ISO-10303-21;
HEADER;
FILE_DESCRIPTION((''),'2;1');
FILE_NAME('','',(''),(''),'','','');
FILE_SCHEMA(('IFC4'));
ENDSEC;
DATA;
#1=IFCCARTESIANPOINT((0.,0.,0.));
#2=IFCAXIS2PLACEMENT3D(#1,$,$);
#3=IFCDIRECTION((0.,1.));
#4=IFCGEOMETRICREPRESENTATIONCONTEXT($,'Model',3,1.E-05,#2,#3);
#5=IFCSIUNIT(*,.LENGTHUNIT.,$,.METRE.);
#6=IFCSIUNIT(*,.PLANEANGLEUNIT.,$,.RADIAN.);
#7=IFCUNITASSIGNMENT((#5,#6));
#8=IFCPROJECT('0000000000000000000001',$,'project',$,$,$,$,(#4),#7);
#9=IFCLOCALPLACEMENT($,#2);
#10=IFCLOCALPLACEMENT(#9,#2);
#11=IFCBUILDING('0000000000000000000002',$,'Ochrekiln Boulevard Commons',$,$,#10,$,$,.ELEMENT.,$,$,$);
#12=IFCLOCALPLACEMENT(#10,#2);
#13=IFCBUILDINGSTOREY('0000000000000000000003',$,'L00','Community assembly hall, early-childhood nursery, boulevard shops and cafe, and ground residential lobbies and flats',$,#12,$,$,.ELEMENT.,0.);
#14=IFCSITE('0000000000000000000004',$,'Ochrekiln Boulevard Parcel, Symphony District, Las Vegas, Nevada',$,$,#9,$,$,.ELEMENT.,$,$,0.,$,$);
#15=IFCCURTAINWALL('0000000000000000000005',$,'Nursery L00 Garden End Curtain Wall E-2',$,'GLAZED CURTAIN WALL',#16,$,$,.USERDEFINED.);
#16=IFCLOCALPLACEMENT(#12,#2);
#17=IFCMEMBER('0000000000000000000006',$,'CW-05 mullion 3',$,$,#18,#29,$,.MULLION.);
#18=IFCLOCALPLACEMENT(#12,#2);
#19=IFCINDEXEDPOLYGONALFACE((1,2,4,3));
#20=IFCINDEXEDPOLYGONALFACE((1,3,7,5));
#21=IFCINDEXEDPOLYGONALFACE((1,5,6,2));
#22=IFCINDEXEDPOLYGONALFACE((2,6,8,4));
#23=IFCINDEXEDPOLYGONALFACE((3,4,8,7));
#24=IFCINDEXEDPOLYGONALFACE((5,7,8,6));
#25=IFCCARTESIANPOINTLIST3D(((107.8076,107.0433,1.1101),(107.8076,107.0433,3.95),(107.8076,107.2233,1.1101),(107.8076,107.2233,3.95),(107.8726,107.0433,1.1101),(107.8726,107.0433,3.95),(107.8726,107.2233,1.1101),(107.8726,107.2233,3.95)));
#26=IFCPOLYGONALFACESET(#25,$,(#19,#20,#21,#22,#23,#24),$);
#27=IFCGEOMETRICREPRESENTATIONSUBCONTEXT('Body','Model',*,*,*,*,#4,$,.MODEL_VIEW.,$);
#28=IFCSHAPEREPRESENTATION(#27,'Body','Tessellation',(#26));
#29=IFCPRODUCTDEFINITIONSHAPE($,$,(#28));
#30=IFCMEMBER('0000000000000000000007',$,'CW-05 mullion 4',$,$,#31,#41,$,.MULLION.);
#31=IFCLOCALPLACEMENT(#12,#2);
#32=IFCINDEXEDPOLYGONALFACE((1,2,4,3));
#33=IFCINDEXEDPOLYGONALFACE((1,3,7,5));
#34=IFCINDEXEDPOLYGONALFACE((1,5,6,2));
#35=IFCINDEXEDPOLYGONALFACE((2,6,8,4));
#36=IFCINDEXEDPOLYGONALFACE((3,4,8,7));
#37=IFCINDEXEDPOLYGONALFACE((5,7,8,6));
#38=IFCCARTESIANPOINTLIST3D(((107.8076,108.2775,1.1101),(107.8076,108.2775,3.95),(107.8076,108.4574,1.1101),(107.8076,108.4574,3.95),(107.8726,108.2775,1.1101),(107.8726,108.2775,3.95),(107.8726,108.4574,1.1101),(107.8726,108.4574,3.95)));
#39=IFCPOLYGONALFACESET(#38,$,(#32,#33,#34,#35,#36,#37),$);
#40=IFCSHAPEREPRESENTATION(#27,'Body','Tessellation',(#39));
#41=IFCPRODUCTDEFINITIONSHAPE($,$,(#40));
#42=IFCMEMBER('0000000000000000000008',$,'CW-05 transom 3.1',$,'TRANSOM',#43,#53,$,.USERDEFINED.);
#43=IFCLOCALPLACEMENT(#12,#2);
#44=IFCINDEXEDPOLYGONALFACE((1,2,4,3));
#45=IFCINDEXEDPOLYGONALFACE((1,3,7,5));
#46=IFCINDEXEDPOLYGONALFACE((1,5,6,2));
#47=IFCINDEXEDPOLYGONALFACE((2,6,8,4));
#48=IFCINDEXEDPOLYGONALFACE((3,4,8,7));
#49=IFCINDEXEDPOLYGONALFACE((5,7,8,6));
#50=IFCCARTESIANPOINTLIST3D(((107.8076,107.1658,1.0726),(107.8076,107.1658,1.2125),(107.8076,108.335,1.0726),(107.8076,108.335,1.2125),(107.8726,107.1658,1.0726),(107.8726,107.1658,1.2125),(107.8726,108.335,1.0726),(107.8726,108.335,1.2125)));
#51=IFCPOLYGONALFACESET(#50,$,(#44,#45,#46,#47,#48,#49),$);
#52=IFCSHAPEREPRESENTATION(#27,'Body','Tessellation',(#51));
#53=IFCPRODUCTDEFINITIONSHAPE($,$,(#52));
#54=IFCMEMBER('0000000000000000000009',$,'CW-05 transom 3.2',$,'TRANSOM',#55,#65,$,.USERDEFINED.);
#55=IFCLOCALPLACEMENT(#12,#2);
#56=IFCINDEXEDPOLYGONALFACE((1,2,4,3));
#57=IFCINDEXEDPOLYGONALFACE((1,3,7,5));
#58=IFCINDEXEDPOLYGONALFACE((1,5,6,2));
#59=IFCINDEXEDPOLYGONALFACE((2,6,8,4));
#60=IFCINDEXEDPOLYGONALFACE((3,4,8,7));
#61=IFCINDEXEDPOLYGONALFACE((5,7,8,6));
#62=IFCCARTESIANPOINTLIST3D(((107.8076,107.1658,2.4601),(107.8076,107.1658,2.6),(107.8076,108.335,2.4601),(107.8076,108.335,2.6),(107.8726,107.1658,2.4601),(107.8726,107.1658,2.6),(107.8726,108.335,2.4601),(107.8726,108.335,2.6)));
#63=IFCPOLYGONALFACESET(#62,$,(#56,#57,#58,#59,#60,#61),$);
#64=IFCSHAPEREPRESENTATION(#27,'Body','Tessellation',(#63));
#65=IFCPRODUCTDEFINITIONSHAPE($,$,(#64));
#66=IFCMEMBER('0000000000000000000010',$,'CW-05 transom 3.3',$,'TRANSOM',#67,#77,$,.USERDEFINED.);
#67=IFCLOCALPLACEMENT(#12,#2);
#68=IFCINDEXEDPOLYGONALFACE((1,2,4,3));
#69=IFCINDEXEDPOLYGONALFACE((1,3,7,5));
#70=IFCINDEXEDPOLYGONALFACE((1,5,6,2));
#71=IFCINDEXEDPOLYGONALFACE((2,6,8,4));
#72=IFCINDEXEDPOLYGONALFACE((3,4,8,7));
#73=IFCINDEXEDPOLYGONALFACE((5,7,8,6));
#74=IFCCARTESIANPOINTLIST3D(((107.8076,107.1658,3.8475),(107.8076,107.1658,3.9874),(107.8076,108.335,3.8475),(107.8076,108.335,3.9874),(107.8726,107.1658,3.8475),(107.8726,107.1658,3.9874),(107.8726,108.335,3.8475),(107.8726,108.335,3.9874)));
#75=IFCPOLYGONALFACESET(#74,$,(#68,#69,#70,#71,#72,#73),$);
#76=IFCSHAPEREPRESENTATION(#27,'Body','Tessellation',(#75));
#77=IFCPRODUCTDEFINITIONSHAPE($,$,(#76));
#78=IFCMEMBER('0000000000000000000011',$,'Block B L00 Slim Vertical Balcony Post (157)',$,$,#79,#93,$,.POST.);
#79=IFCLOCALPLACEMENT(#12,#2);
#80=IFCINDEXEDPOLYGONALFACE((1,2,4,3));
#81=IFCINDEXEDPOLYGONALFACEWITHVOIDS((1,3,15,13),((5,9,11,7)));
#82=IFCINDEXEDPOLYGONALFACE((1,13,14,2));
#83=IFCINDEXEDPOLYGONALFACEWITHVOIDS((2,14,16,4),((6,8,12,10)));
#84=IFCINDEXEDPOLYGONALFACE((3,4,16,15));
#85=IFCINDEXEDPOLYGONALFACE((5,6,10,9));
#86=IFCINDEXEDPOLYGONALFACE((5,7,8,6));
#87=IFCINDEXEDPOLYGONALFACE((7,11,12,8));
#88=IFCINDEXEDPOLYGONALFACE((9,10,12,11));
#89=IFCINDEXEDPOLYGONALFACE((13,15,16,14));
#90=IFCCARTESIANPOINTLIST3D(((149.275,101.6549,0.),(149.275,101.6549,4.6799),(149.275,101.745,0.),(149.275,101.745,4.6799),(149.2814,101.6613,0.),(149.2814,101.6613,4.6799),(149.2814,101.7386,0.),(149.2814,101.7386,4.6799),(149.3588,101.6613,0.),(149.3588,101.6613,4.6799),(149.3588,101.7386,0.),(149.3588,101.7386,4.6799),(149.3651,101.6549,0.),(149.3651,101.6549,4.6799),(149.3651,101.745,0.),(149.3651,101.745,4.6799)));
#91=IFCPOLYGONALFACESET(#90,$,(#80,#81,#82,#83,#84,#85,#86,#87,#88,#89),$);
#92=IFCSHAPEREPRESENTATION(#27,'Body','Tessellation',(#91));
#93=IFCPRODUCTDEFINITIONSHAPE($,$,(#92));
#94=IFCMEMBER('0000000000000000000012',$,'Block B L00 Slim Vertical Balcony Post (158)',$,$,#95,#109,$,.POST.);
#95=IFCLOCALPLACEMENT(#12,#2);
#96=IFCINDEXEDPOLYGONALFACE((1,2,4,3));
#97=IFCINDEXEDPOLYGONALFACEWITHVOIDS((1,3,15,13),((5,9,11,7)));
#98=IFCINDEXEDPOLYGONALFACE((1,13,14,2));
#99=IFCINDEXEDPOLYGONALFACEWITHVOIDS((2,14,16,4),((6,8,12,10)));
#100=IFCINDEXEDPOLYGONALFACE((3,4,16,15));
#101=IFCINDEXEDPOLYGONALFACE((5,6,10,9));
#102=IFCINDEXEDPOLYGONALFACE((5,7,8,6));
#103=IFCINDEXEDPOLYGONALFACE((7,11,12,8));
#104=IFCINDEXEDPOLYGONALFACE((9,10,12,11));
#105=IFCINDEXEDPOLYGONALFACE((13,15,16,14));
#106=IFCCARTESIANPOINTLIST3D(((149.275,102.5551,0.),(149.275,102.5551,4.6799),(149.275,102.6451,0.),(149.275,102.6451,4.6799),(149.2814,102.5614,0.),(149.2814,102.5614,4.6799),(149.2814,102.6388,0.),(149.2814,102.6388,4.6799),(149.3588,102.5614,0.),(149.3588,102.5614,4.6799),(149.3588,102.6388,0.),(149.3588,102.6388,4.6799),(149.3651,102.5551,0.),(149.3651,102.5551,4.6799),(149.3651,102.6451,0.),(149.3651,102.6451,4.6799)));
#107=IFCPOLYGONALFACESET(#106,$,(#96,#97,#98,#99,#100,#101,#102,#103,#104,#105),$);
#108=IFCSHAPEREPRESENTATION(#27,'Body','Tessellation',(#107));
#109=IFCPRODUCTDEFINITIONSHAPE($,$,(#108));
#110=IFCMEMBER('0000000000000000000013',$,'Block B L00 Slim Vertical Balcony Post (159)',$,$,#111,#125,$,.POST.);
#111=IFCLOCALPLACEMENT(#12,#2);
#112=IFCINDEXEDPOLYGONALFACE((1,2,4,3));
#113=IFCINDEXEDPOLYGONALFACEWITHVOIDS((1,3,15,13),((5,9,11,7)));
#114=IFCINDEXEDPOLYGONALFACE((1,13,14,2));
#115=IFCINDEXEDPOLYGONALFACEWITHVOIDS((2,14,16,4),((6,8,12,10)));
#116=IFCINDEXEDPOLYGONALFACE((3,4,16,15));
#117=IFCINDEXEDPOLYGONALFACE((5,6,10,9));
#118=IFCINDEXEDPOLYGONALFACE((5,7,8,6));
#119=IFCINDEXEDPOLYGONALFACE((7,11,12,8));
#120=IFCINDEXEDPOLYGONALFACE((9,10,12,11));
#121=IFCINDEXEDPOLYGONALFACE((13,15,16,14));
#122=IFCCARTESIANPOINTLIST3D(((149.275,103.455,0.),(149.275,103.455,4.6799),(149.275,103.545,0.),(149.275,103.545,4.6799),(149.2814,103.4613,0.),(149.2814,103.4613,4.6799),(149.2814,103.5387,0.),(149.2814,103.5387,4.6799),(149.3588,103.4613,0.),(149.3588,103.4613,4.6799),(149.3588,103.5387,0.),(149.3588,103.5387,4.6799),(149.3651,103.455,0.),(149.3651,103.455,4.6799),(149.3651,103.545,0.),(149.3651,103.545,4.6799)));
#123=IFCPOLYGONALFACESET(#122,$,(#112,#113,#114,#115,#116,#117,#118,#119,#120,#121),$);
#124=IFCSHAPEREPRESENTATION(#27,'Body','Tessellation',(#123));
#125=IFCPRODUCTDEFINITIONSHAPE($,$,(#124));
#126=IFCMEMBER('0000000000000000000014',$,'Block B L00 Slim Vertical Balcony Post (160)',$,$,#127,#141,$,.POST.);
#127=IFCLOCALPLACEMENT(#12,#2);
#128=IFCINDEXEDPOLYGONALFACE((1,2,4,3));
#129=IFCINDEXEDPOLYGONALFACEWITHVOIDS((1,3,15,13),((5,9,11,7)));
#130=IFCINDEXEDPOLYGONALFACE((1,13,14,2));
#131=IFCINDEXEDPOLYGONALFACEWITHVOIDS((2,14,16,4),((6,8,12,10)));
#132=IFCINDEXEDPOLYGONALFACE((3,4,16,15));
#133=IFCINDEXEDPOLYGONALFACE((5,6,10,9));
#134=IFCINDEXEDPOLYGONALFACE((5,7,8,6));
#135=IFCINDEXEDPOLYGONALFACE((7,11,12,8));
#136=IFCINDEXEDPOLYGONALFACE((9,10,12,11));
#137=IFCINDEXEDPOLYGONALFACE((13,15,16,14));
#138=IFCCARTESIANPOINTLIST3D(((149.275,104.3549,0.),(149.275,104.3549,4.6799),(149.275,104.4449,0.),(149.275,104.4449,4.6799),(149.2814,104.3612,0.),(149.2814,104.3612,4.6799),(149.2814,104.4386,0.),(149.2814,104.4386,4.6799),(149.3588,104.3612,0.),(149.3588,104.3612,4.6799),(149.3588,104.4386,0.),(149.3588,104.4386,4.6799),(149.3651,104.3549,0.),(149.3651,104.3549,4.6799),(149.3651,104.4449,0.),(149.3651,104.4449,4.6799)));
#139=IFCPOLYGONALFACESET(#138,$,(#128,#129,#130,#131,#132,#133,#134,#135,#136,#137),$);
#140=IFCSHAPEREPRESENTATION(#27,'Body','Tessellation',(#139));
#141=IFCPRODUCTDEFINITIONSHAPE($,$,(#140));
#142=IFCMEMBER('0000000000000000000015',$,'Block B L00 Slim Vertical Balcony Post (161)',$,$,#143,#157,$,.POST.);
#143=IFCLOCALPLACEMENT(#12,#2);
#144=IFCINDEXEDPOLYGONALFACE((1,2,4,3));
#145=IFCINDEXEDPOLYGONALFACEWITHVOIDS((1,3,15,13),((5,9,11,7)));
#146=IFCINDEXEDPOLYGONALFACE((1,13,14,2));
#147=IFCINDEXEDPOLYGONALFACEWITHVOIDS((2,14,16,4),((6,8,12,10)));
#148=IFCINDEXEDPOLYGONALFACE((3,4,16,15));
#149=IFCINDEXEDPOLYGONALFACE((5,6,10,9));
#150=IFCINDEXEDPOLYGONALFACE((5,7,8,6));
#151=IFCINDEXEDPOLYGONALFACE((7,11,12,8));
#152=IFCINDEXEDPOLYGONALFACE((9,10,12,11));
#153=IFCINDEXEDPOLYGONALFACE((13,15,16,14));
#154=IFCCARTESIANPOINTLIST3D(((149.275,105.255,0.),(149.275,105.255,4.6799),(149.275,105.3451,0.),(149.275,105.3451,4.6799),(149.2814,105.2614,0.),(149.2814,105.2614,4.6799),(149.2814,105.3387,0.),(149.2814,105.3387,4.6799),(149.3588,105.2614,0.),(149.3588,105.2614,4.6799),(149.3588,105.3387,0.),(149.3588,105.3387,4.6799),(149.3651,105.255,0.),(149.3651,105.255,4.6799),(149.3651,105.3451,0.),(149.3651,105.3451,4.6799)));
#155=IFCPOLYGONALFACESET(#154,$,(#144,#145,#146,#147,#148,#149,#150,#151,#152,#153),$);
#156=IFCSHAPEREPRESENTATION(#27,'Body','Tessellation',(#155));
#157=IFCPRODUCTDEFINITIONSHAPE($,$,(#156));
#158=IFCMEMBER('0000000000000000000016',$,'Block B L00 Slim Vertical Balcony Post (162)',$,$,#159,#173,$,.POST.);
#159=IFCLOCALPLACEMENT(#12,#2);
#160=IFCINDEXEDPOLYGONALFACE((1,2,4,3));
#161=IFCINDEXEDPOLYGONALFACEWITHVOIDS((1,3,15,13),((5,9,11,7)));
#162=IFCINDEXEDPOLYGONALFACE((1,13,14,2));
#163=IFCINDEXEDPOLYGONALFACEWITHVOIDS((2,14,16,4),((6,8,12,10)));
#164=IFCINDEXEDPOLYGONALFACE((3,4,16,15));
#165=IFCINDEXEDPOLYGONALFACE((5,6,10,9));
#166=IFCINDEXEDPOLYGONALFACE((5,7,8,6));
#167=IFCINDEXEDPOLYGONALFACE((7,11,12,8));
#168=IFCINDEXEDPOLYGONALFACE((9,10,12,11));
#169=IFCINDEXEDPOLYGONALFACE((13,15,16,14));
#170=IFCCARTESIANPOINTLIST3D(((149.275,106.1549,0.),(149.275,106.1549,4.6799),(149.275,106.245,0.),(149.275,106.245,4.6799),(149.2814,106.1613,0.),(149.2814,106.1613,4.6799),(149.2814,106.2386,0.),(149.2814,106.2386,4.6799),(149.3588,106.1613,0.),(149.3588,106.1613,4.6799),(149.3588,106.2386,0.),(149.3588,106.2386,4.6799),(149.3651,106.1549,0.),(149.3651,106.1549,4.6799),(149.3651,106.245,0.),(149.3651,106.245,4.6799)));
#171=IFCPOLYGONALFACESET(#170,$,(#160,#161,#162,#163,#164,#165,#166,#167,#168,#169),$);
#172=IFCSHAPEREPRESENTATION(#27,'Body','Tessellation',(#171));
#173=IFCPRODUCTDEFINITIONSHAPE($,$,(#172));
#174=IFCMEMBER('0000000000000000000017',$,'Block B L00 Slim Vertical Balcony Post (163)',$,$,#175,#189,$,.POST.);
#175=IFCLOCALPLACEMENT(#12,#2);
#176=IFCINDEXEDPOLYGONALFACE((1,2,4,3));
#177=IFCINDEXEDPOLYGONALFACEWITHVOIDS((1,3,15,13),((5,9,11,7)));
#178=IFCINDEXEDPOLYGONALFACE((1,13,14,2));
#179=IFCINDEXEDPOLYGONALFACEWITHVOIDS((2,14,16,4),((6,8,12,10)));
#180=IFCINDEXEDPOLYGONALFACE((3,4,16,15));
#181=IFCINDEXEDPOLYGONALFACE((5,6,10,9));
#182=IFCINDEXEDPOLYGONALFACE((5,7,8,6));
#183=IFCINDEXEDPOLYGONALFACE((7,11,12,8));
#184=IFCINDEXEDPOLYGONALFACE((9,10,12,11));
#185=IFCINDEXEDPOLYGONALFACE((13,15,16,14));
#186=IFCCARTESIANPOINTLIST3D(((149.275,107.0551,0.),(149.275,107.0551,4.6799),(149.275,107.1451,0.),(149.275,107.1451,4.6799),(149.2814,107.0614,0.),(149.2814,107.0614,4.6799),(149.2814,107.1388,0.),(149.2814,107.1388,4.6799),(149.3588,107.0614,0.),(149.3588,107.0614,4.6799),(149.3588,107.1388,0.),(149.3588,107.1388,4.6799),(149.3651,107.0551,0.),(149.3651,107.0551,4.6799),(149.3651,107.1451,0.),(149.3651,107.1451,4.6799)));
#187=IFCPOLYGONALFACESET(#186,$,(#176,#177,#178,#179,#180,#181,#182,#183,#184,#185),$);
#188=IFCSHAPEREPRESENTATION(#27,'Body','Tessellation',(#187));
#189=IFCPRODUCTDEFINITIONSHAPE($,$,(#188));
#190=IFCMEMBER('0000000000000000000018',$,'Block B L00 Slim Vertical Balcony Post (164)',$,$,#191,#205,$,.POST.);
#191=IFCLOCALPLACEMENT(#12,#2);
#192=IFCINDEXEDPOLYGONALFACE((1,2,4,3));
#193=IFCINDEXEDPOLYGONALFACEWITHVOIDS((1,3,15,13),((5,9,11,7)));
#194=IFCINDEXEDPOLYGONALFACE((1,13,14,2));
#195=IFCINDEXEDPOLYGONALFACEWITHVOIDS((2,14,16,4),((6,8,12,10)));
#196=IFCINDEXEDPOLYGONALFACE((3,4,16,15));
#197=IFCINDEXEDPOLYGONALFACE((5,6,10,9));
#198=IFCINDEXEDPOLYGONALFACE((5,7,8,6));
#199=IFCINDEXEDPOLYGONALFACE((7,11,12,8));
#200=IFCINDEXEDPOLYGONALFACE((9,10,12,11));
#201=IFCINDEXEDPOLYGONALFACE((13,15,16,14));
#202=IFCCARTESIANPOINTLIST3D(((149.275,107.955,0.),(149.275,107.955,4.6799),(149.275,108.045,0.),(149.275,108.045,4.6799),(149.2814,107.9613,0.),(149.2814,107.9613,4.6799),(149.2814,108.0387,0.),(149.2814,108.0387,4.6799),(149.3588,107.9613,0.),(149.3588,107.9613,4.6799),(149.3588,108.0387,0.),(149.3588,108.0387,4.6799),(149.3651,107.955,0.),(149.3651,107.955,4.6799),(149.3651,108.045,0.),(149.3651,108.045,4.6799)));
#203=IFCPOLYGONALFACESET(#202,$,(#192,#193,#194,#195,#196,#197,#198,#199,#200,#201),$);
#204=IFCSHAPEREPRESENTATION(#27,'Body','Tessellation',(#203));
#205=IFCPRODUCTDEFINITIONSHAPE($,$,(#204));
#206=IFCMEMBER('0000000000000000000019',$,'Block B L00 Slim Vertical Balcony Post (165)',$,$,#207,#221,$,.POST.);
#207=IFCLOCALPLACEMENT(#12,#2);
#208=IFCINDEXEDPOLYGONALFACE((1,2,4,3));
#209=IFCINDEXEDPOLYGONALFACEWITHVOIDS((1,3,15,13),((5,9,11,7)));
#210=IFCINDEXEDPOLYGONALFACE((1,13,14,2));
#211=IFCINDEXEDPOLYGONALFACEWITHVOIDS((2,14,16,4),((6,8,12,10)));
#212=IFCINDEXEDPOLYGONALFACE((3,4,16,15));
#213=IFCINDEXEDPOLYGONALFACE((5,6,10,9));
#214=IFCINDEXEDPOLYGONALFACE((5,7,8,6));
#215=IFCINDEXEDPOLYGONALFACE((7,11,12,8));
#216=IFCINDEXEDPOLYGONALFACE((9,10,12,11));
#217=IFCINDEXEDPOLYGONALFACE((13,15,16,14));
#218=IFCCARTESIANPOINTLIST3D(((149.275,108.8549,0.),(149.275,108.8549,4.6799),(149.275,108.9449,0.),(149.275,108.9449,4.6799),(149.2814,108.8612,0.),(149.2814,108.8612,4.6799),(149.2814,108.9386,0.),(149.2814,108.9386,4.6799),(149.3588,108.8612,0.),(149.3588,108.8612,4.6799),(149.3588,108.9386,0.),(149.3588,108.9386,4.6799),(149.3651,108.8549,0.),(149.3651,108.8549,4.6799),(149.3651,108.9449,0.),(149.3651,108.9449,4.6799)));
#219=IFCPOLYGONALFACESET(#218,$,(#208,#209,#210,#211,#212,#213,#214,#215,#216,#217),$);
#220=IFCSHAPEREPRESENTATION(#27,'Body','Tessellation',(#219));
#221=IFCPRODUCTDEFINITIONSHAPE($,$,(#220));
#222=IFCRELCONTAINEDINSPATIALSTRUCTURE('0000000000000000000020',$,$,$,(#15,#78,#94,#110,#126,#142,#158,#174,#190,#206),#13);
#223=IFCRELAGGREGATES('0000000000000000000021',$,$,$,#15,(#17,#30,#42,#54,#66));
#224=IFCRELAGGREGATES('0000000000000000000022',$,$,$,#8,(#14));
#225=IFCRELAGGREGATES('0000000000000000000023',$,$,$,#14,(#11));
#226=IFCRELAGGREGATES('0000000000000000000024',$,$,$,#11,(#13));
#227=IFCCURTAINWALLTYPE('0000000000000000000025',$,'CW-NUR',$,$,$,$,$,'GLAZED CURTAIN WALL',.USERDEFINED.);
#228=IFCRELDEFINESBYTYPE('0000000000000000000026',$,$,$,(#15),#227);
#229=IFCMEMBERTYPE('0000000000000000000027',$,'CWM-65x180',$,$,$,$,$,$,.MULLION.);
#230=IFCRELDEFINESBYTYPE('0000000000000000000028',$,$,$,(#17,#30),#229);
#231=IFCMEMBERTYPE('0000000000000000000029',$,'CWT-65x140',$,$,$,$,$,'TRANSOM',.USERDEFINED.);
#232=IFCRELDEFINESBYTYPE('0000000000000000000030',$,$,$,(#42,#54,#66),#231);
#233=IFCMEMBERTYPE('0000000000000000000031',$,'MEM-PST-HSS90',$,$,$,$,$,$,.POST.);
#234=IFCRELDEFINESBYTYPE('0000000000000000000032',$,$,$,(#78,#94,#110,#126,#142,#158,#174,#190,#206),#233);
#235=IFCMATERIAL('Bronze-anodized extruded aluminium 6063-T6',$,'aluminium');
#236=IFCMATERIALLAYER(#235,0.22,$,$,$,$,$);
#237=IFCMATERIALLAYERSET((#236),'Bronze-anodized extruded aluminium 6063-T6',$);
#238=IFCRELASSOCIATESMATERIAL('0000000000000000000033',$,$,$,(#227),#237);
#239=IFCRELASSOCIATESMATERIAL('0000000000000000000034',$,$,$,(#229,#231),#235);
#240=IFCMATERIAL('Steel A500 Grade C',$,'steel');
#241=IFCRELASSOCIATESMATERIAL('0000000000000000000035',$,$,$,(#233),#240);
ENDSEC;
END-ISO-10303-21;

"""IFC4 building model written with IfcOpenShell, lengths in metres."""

from ifc_helpers import new_model, si_unit, direction, frame, origin, origin_2d, place, context, subcontext, project, spatial, rectangle, hollow_rectangle, extrude, material, layer, layer_set, material_profile, profile_set, type_object, element, aggregate, save


model = new_model("IFC4")

# Units and contexts
model_context = context("Model", 3, precision=1e-05, world=origin(), true_north=direction((0.0, 1.0)))
body_context = subcontext(model_context, "Body", "Model", "MODEL_VIEW")
ifc_project = project(units=[si_unit("LENGTHUNIT", "METRE"), si_unit("PLANEANGLEUNIT", "RADIAN")], contexts=[model_context])

# Site, building, storey
site_placement = place(None, origin())
site = spatial("IfcSite", under=ifc_project, at=site_placement, Name="Ochrekiln Boulevard Parcel, Symphony District, Las Vegas, Nevada", CompositionType="ELEMENT", RefElevation=0.0)
building_placement = place(site_placement, origin())
building = spatial("IfcBuilding", under=site, at=building_placement, Name="Ochrekiln Boulevard Commons", CompositionType="ELEMENT")
storey_placement = place(building_placement, origin())
storey = spatial("IfcBuildingStorey", under=building, at=storey_placement, Name="L00", Description="Community assembly hall, early-childhood nursery, boulevard shops and cafe, and ground residential lobbies and flats", CompositionType="ELEMENT", Elevation=0.0)

# Curtain wall, members
ifc_material_1 = material(Name="Bronze-anodized extruded aluminium 6063-T6", Category="aluminium")
ifc_layer_1 = layer(ifc_material_1, 0.22)
ifc_layer_set_1 = layer_set([ifc_layer_1], Name="Bronze-anodized extruded aluminium 6063-T6")
curtain_wall_type = type_object("IfcCurtainWallType", Name="CW-NUR", ElementType="GLAZED CURTAIN WALL", PredefinedType="USERDEFINED", material=ifc_layer_set_1)
curtain_wall_placement = place(storey_placement, origin())
curtain_wall = element("IfcCurtainWall", 1, at=curtain_wall_placement, inside=storey, type_object=curtain_wall_type, Name="Nursery L00 Garden End Curtain Wall E-2", ObjectType="GLAZED CURTAIN WALL", PredefinedType="USERDEFINED")
ifc_material_profile_1 = material_profile(ifc_material_1, rectangle(XDim=0.0649, YDim=0.1799, at=origin_2d()), Name="ALU-MUL-65x180")
ifc_profile_set_1 = profile_set([ifc_material_profile_1], Name="Bronze-anodized extruded aluminium 6063-T6")
member_type_1 = type_object("IfcMemberType", Name="CWM-65x180", PredefinedType="MULLION", material=ifc_profile_set_1)
member_1_placement = place(storey_placement, frame((107.8401, 107.1333, 1.1101), z_axis=(0.0, 0.0, 1.0), x_axis=(-1.0, 0.0, 0.0)))
member_1 = element("IfcMember", 2, at=member_1_placement, type_object=member_type_1, Name="CW-05 mullion 3", PredefinedType="MULLION", context=body_context, shape_type="SweptSolid", body=[
    extrude(rectangle(XDim=0.0649, YDim=0.1799, at=origin_2d()), origin(), (0.0, 0.0, 1.0), 2.8398),
])
member_2_placement = place(storey_placement, frame((107.8401, 108.3674, 1.1101), z_axis=(0.0, 0.0, 1.0), x_axis=(-1.0, 0.0, 0.0)))
member_2 = element("IfcMember", 3, at=member_2_placement, type_object=member_type_1, Name="CW-05 mullion 4", PredefinedType="MULLION", context=body_context, shape_type="SweptSolid", body=[
    extrude(rectangle(XDim=0.0649, YDim=0.1799, at=origin_2d()), origin(), (0.0, 0.0, 1.0), 2.8398),
])
ifc_material_profile_2 = material_profile(ifc_material_1, rectangle(XDim=0.0649, YDim=0.1399, at=origin_2d()), Name="ALU-TRN-65x140")
ifc_profile_set_2 = profile_set([ifc_material_profile_2], Name="Bronze-anodized extruded aluminium 6063-T6")
member_type_2 = type_object("IfcMemberType", Name="CWT-65x140", ElementType="TRANSOM", PredefinedType="USERDEFINED", material=ifc_profile_set_2)
member_3_placement = place(storey_placement, frame((107.8401, 107.1658, 1.1426), z_axis=(0.0, 1.0, 0.0), x_axis=(-1.0, 0.0, 0.0)))
member_3 = element("IfcMember", 4, at=member_3_placement, type_object=member_type_2, Name="CW-05 transom 3.1", ObjectType="TRANSOM", PredefinedType="USERDEFINED", context=body_context, shape_type="SweptSolid", body=[
    extrude(rectangle(XDim=0.0649, YDim=0.1399, at=origin_2d()), origin(), (0.0, 0.0, 1.0), 1.1692),
])
member_4_placement = place(storey_placement, frame((107.8401, 107.1658, 2.53), z_axis=(0.0, 1.0, 0.0), x_axis=(-1.0, 0.0, 0.0)))
member_4 = element("IfcMember", 5, at=member_4_placement, type_object=member_type_2, Name="CW-05 transom 3.2", ObjectType="TRANSOM", PredefinedType="USERDEFINED", context=body_context, shape_type="SweptSolid", body=[
    extrude(rectangle(XDim=0.0649, YDim=0.1399, at=origin_2d()), origin(), (0.0, 0.0, 1.0), 1.1692),
])
member_5_placement = place(storey_placement, frame((107.8401, 107.1658, 3.9175), z_axis=(0.0, 1.0, 0.0), x_axis=(-1.0, 0.0, 0.0)))
member_5 = element("IfcMember", 6, at=member_5_placement, type_object=member_type_2, Name="CW-05 transom 3.3", ObjectType="TRANSOM", PredefinedType="USERDEFINED", context=body_context, shape_type="SweptSolid", body=[
    extrude(rectangle(XDim=0.0649, YDim=0.1399, at=origin_2d()), origin(), (0.0, 0.0, 1.0), 1.1692),
])

# Members
ifc_material_2 = material(Name="Steel A500 Grade C", Category="steel")
ifc_material_profile_3 = material_profile(ifc_material_2, hollow_rectangle(XDim=0.0901, YDim=0.0901, WallThickness=0.0063, at=origin_2d()), Name="HSS90X90X6.4")
ifc_profile_set_3 = profile_set([ifc_material_profile_3], Name="Steel A500 Grade C")
member_type_3 = type_object("IfcMemberType", Name="MEM-PST-HSS90", PredefinedType="POST", material=ifc_profile_set_3)
for number, where, z_axis, x_axis, name in (
    (7, (149.3201, 101.7, 0.0), (0.0, 0.0, 1.0), (1.0, 0.0, 0.0), "Block B L00 Slim Vertical Balcony Post (157)"),
    (8, (149.3201, 102.6001, 0.0), (0.0, 0.0, 1.0), (1.0, 0.0, 0.0), "Block B L00 Slim Vertical Balcony Post (158)"),
    (9, (149.3201, 103.5, 0.0), (0.0, 0.0, 1.0), (1.0, 0.0, 0.0), "Block B L00 Slim Vertical Balcony Post (159)"),
    (10, (149.3201, 104.3999, 0.0), (0.0, 0.0, 1.0), (1.0, 0.0, 0.0), "Block B L00 Slim Vertical Balcony Post (160)"),
    (11, (149.3201, 105.3, 0.0), (0.0, 0.0, 1.0), (1.0, 0.0, 0.0), "Block B L00 Slim Vertical Balcony Post (161)"),
    (12, (149.3201, 106.2, 0.0), (0.0, 0.0, 1.0), (1.0, 0.0, 0.0), "Block B L00 Slim Vertical Balcony Post (162)"),
    (13, (149.3201, 107.1001, 0.0), (0.0, 0.0, 1.0), (1.0, 0.0, 0.0), "Block B L00 Slim Vertical Balcony Post (163)"),
    (14, (149.3201, 108.0, 0.0), (0.0, 0.0, 1.0), (1.0, 0.0, 0.0), "Block B L00 Slim Vertical Balcony Post (164)"),
    (15, (149.3201, 108.8999, 0.0), (0.0, 0.0, 1.0), (1.0, 0.0, 0.0), "Block B L00 Slim Vertical Balcony Post (165)"),
):
    element("IfcMember", number, at=place(storey_placement, frame(where, z_axis=z_axis, x_axis=x_axis)), inside=storey, type_object=member_type_3, Name=name, PredefinedType="POST", context=body_context, shape_type="SweptSolid", body=[
        extrude(hollow_rectangle(XDim=0.0901, YDim=0.0901, WallThickness=0.0063, at=origin_2d()), origin(), (0.0, 0.0, 1.0), 4.6799),
    ])

aggregate(curtain_wall, [member_1, member_2, member_3, member_4, member_5])

save(model, "model.ifc")
